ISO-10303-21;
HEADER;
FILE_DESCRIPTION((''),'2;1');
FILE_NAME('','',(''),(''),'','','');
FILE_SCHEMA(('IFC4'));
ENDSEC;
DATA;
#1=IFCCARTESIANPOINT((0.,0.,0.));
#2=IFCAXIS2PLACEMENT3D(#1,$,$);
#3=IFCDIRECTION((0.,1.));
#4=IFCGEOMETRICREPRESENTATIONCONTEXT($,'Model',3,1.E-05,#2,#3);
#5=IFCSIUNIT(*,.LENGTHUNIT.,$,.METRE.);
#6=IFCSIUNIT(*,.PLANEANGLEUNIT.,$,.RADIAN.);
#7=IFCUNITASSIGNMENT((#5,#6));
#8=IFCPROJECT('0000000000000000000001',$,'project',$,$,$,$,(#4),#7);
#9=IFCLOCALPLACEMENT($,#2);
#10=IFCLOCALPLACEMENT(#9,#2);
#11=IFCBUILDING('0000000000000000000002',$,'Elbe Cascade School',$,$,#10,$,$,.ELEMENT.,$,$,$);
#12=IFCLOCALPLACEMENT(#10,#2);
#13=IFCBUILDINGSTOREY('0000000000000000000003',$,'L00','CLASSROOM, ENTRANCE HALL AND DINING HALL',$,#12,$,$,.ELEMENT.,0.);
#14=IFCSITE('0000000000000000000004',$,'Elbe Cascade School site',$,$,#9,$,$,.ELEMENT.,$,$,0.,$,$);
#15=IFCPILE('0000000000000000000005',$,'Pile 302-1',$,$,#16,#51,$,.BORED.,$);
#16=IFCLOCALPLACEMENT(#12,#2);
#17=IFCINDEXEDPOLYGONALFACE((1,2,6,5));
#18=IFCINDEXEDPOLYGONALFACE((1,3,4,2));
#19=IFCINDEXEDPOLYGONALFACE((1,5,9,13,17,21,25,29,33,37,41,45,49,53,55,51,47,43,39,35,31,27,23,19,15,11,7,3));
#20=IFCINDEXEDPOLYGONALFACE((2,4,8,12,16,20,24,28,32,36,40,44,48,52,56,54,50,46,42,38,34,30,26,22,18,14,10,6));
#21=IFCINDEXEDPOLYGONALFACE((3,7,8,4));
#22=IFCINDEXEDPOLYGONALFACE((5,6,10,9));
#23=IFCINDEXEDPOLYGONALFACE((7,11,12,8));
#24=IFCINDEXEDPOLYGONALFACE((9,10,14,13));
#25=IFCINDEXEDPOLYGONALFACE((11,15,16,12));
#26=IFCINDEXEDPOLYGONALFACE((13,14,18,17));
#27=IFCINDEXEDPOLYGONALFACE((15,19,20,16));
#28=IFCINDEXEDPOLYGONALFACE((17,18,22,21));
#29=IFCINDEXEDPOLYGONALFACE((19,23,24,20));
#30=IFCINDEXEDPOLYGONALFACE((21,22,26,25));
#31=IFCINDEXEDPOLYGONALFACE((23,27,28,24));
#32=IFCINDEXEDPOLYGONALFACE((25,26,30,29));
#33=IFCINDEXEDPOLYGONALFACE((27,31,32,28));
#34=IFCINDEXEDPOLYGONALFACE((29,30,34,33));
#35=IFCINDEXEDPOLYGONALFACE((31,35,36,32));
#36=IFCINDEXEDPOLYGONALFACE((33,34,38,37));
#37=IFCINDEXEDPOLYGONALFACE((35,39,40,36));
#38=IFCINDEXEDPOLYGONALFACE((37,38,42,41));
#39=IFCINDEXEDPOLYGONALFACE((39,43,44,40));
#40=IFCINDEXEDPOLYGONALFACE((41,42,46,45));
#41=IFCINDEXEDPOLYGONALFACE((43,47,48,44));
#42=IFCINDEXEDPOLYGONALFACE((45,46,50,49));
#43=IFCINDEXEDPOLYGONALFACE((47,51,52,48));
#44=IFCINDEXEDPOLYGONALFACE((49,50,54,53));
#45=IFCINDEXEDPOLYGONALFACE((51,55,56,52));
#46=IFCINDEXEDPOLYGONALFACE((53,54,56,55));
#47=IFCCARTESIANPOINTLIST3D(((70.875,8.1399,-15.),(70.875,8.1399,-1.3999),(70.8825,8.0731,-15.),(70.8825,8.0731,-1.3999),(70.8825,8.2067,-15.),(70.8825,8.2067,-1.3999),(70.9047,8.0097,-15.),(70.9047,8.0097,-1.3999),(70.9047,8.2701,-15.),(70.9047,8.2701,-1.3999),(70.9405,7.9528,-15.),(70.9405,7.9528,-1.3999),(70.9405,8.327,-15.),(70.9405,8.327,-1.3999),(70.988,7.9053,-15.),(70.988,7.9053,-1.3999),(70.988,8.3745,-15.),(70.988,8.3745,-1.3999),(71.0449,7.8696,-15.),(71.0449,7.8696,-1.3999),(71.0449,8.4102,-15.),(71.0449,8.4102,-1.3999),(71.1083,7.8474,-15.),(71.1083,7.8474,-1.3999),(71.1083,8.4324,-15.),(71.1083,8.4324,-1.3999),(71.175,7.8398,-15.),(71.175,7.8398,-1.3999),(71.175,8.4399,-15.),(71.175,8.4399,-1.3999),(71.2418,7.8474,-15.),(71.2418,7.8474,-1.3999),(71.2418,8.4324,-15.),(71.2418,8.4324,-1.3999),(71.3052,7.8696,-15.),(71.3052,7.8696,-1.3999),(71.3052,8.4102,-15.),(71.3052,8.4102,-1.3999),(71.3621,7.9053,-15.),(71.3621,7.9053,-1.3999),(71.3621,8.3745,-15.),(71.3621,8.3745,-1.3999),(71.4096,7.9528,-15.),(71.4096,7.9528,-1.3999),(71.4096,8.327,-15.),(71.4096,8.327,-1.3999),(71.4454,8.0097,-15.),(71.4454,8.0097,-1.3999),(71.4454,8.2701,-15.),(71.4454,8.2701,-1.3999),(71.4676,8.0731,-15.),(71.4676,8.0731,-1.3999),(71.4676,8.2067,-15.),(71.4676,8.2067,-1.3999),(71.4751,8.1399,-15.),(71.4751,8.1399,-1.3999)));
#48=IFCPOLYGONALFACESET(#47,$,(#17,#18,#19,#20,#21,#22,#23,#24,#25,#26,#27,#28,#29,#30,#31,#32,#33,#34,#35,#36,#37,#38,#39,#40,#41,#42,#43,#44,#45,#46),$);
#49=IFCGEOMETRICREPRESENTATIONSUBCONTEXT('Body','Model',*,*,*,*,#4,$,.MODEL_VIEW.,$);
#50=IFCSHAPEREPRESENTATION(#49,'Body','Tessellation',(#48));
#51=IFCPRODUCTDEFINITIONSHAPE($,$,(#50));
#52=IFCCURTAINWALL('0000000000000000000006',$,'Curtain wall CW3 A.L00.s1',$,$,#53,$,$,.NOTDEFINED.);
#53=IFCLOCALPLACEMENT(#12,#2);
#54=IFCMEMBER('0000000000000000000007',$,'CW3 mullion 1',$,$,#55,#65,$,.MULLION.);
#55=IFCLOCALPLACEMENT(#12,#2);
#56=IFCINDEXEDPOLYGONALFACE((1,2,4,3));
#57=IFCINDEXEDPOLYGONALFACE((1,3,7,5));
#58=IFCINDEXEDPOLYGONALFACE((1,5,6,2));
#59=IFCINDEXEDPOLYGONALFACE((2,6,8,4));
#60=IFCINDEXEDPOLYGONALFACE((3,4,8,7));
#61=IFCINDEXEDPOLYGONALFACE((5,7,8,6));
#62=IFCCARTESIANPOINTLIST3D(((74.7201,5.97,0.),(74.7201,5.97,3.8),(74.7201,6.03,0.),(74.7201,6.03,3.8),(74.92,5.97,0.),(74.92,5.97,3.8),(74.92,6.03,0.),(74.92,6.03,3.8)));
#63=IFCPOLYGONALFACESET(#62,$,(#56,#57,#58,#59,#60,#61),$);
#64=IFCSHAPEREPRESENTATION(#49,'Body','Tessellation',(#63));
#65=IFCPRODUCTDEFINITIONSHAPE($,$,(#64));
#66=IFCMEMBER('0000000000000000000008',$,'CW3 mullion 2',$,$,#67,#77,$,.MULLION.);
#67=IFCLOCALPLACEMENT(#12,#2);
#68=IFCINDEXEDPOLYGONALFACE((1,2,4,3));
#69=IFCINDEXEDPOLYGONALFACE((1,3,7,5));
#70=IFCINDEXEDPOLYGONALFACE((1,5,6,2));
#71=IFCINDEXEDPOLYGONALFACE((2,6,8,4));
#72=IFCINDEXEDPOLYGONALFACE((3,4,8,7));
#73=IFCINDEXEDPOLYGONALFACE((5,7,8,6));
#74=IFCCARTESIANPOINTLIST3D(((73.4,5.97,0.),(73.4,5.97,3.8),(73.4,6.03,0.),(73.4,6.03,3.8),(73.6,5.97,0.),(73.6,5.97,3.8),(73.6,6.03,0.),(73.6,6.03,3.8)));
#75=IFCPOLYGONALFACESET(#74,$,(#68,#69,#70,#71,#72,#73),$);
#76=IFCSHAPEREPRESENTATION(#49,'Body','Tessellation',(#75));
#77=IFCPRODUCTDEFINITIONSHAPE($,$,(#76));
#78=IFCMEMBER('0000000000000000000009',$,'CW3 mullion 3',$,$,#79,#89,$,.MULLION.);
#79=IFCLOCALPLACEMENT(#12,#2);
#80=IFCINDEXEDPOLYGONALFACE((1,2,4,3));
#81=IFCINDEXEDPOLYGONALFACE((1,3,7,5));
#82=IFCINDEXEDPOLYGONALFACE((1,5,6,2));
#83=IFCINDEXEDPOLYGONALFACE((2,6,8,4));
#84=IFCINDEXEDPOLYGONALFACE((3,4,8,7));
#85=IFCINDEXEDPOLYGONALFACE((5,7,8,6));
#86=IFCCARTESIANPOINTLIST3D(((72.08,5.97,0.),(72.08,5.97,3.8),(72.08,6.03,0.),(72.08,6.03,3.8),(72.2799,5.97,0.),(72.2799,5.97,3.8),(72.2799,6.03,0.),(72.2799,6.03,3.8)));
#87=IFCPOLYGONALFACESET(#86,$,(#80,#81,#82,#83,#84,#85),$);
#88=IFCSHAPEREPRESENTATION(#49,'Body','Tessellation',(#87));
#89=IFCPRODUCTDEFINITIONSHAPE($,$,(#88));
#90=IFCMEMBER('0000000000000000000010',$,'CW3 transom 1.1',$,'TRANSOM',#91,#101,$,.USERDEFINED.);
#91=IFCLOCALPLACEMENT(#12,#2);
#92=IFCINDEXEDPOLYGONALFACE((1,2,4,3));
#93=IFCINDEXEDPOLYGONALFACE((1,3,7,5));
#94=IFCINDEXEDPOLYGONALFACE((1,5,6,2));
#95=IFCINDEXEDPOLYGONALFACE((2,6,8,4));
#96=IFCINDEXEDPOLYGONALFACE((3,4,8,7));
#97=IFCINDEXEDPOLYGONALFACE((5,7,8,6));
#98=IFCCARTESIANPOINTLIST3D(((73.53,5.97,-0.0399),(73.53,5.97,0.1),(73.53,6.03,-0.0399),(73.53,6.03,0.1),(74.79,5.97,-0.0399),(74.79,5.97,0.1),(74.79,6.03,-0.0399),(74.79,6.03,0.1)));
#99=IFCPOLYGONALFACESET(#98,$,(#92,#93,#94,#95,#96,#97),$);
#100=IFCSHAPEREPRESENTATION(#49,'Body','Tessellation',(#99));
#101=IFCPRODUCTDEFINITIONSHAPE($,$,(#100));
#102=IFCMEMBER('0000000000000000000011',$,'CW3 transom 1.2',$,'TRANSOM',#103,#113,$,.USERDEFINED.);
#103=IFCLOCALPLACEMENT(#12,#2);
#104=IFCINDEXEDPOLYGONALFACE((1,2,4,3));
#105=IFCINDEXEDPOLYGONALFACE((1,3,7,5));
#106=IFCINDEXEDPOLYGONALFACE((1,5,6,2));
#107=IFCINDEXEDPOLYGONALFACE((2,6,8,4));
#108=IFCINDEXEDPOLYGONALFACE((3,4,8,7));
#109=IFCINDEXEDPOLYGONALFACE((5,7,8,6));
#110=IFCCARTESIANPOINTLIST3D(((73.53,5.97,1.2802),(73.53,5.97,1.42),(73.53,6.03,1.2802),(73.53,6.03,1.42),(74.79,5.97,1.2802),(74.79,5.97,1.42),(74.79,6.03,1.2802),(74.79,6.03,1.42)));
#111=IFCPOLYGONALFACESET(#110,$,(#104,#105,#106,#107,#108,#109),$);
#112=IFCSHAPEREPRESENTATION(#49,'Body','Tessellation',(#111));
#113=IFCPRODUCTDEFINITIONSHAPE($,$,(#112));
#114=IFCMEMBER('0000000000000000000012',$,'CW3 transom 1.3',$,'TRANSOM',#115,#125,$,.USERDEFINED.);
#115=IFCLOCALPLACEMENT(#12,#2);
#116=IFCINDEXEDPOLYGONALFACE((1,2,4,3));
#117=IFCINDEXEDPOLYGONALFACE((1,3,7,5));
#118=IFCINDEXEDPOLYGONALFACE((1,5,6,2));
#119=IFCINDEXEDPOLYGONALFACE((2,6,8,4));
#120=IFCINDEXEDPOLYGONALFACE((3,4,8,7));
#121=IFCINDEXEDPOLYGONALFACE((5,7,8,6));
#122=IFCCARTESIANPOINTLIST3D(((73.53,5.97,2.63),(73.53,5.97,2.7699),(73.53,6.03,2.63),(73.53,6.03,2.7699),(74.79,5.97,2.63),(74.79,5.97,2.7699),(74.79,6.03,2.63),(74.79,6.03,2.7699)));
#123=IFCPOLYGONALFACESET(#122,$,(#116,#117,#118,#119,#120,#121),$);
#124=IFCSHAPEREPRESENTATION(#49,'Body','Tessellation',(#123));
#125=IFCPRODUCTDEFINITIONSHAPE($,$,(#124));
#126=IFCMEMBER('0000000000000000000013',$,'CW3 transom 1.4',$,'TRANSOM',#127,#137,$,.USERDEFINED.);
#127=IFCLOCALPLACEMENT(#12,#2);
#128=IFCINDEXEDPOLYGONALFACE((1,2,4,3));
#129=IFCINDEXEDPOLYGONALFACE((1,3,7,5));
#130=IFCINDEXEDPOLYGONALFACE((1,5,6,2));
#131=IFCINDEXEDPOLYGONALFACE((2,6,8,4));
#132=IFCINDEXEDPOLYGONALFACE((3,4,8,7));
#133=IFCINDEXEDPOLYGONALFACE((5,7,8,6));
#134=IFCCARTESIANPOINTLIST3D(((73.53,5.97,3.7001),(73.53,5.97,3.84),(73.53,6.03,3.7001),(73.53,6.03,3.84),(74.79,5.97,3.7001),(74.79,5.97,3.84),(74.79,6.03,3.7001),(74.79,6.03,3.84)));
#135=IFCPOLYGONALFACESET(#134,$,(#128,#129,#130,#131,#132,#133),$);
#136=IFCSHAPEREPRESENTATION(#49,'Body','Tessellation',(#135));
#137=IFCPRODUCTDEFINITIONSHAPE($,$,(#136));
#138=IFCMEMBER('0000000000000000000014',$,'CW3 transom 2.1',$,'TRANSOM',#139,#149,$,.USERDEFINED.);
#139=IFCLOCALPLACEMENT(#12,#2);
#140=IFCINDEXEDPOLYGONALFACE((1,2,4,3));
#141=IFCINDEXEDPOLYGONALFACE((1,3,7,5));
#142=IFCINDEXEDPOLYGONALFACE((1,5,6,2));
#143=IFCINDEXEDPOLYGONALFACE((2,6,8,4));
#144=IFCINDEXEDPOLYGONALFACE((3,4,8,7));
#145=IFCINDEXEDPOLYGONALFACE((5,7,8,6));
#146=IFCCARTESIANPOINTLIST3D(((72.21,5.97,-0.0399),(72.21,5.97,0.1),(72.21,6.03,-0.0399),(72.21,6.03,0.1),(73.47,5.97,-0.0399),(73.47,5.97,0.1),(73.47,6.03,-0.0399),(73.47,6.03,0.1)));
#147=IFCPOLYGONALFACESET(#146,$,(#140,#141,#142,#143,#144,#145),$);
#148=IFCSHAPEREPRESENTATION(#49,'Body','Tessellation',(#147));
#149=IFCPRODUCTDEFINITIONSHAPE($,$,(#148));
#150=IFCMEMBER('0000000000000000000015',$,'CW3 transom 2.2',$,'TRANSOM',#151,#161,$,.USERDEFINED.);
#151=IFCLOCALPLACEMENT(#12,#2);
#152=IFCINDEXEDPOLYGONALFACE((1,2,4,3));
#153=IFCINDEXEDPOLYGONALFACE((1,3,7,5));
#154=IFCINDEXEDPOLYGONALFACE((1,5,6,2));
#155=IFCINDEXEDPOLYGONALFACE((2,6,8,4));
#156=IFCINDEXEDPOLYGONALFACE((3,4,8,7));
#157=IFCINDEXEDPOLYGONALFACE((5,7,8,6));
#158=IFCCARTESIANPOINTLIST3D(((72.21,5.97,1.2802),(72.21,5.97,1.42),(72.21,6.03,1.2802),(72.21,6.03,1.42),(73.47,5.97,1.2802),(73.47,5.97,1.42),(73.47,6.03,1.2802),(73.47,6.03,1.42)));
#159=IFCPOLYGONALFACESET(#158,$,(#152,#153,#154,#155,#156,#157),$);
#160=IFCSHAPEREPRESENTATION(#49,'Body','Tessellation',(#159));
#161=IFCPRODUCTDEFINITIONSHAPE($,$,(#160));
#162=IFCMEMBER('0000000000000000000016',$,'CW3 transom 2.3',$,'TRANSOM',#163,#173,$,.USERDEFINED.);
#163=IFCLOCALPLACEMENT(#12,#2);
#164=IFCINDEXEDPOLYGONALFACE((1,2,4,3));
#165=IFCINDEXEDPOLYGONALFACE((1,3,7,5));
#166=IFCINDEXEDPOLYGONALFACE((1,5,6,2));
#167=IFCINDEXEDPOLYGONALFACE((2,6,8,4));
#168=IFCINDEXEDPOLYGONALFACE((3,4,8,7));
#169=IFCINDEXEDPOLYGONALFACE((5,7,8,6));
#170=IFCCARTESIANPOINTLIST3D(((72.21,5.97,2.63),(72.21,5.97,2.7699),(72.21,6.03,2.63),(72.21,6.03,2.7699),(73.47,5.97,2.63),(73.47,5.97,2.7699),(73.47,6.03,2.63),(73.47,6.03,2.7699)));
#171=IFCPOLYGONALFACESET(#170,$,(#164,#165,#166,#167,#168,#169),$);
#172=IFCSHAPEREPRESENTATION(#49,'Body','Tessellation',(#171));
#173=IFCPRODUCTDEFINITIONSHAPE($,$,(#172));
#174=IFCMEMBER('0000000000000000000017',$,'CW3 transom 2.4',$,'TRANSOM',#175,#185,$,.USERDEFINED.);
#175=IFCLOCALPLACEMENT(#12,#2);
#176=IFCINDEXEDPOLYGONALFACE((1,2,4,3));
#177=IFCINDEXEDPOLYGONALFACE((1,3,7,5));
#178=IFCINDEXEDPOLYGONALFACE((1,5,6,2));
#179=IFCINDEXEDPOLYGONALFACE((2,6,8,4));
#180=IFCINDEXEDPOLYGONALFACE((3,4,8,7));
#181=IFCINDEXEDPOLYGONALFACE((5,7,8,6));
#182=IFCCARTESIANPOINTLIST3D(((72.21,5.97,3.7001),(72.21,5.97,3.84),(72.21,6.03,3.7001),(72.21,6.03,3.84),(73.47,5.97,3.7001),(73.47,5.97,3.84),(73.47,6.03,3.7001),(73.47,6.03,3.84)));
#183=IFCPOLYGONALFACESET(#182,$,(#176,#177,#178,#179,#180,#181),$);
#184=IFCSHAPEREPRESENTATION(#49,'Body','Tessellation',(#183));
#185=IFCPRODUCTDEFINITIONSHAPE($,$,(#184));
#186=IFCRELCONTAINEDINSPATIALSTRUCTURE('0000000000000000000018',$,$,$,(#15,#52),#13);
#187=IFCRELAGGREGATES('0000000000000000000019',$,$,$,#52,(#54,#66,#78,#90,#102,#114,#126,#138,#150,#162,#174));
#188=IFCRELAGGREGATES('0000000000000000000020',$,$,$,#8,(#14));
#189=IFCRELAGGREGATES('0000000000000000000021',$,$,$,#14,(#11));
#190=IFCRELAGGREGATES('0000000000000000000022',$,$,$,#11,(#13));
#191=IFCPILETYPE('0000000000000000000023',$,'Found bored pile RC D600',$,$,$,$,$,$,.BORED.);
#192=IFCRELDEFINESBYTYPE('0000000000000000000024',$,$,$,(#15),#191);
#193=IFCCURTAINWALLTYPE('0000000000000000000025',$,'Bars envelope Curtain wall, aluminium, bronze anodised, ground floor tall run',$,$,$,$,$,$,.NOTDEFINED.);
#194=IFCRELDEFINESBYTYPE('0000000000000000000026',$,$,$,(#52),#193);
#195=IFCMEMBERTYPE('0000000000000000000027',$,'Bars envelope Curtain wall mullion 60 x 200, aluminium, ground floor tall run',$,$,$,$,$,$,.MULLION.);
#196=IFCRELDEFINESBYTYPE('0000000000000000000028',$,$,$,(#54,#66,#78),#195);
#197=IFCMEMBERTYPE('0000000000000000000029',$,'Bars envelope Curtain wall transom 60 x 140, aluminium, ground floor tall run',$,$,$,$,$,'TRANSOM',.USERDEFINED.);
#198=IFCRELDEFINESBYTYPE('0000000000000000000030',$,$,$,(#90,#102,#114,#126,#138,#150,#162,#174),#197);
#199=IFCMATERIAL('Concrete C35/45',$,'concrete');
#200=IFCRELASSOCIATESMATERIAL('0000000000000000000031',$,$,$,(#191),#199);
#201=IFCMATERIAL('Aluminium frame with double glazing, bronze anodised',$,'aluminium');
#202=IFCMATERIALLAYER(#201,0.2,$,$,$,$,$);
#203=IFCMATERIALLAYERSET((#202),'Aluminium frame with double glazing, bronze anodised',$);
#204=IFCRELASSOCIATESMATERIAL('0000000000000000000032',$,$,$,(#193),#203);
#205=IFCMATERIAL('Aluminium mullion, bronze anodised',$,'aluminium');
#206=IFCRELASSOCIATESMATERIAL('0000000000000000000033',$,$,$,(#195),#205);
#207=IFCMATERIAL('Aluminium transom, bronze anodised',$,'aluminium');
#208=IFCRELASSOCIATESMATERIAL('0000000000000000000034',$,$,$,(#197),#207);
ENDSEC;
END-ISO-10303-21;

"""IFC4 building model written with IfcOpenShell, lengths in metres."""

from ifc_helpers import new_model, si_unit, direction, frame, origin, origin_2d, place, context, subcontext, project, spatial, rectangle, circle, extrude, material, layer, layer_set, material_profile, profile_set, type_object, element, aggregate, save


model = new_model("IFC4")

# Units and contexts
model_context = context("Model", 3, precision=1e-05, world=origin(), true_north=direction((0.0, 1.0)))
body_context = subcontext(model_context, "Body", "Model", "MODEL_VIEW")
ifc_project = project(units=[si_unit("LENGTHUNIT", "METRE"), si_unit("PLANEANGLEUNIT", "RADIAN")], contexts=[model_context])

# Site, building, storey
site_placement = place(None, origin())
site = spatial("IfcSite", under=ifc_project, at=site_placement, Name="Elbe Cascade School site", CompositionType="ELEMENT", RefElevation=0.0)
building_placement = place(site_placement, origin())
building = spatial("IfcBuilding", under=site, at=building_placement, Name="Elbe Cascade School", CompositionType="ELEMENT")
storey_placement = place(building_placement, origin())
storey = spatial("IfcBuildingStorey", under=building, at=storey_placement, Name="L00", Description="CLASSROOM, ENTRANCE HALL AND DINING HALL", CompositionType="ELEMENT", Elevation=0.0)

# Pile
ifc_material_1 = material(Name="Concrete C35/45", Category="concrete")
ifc_material_profile_1 = material_profile(ifc_material_1, circle(Radius=0.3, at=origin_2d()), Name="RC D600")
ifc_profile_set_1 = profile_set([ifc_material_profile_1], Name="Concrete C35/45")
pile_type = type_object("IfcPileType", Name="Found bored pile RC D600", PredefinedType="BORED", material=ifc_profile_set_1)
pile_placement = place(storey_placement, frame((71.175, 8.1399, -1.3999), z_axis=(0.0, 0.0, -1.0), x_axis=(1.0, 0.0, 0.0)))
element("IfcPile", 1, at=pile_placement, inside=storey, type_object=pile_type, Name="Pile 302-1", PredefinedType="BORED", context=body_context, shape_type="SweptSolid", body=[
    extrude(circle(Radius=0.3, at=origin_2d()), origin(), (0.0, 0.0, 1.0), 13.6001),
])

# Curtain wall, members
ifc_material_2 = material(Name="Aluminium frame with double glazing, bronze anodised", Category="aluminium")
ifc_layer_1 = layer(ifc_material_2, 0.2)
ifc_layer_set_1 = layer_set([ifc_layer_1], Name="Aluminium frame with double glazing, bronze anodised")
curtain_wall_type = type_object("IfcCurtainWallType", Name="Bars envelope Curtain wall, aluminium, bronze anodised, ground floor tall run", PredefinedType="NOTDEFINED", material=ifc_layer_set_1)
curtain_wall_1_placement = place(storey_placement, origin())
curtain_wall_1 = element("IfcCurtainWall", 2, at=curtain_wall_1_placement, inside=storey, type_object=curtain_wall_type, Name="Curtain wall CW3 A.L00.s1", PredefinedType="NOTDEFINED")
ifc_material_3 = material(Name="Aluminium mullion, bronze anodised", Category="aluminium")
ifc_material_profile_2 = material_profile(ifc_material_3, rectangle(XDim=0.0601, YDim=0.2, at=origin_2d()), Name="Bars envelope Curtain wall mullion 60 x 200, aluminium, ground floor tall run")
ifc_profile_set_2 = profile_set([ifc_material_profile_2], Name="Aluminium mullion, bronze anodised")
member_type_1 = type_object("IfcMemberType", Name="Bars envelope Curtain wall mullion 60 x 200, aluminium, ground floor tall run", PredefinedType="MULLION", material=ifc_profile_set_2)
member_1_placement = place(storey_placement, frame((74.8201, 6.0, 0.0), z_axis=(0.0, 0.0, 1.0), x_axis=(0.0, -1.0, 0.0)))
member_1 = element("IfcMember", 3, at=member_1_placement, type_object=member_type_1, Name="CW3 mullion 1", PredefinedType="MULLION", context=body_context, shape_type="SweptSolid", body=[
    extrude(rectangle(XDim=0.0601, YDim=0.2, at=origin_2d()), origin(), (0.0, 0.0, 1.0), 3.8),
])
member_2_placement = place(storey_placement, frame((73.5, 6.0, 0.0), z_axis=(0.0, 0.0, 1.0), x_axis=(0.0, -1.0, 0.0)))
member_2 = element("IfcMember", 4, at=member_2_placement, type_object=member_type_1, Name="CW3 mullion 2", PredefinedType="MULLION", context=body_context, shape_type="SweptSolid", body=[
    extrude(rectangle(XDim=0.0601, YDim=0.2, at=origin_2d()), origin(), (0.0, 0.0, 1.0), 3.8),
])
member_3_placement = place(storey_placement, frame((72.1799, 6.0, 0.0), z_axis=(0.0, 0.0, 1.0), x_axis=(0.0, -1.0, 0.0)))
member_3 = element("IfcMember", 5, at=member_3_placement, type_object=member_type_1, Name="CW3 mullion 3", PredefinedType="MULLION", context=body_context, shape_type="SweptSolid", body=[
    extrude(rectangle(XDim=0.0601, YDim=0.2, at=origin_2d()), origin(), (0.0, 0.0, 1.0), 3.8),
])
ifc_material_4 = material(Name="Aluminium transom, bronze anodised", Category="aluminium")
ifc_material_profile_3 = material_profile(ifc_material_4, rectangle(XDim=0.0601, YDim=0.1399, at=origin_2d()), Name="Bars envelope Curtain wall transom 60 x 140, aluminium, ground floor tall run")
ifc_profile_set_3 = profile_set([ifc_material_profile_3], Name="Aluminium transom, bronze anodised")
member_type_2 = type_object("IfcMemberType", Name="Bars envelope Curtain wall transom 60 x 140, aluminium, ground floor tall run", ElementType="TRANSOM", PredefinedType="USERDEFINED", material=ifc_profile_set_3)
member_4_placement = place(storey_placement, frame((74.79, 6.0, 0.03), z_axis=(-1.0, 0.0, 0.0), x_axis=(0.0, -1.0, 0.0)))
member_4 = element("IfcMember", 6, at=member_4_placement, type_object=member_type_2, Name="CW3 transom 1.1", ObjectType="TRANSOM", PredefinedType="USERDEFINED", context=body_context, shape_type="SweptSolid", body=[
    extrude(rectangle(XDim=0.0601, YDim=0.1399, at=origin_2d()), origin(), (0.0, 0.0, 1.0), 1.26),
])
member_5_placement = place(storey_placement, frame((74.79, 6.0, 1.3501), z_axis=(-1.0, 0.0, 0.0), x_axis=(0.0, -1.0, 0.0)))
member_5 = element("IfcMember", 7, at=member_5_placement, type_object=member_type_2, Name="CW3 transom 1.2", ObjectType="TRANSOM", PredefinedType="USERDEFINED", context=body_context, shape_type="SweptSolid", body=[
    extrude(rectangle(XDim=0.0601, YDim=0.1399, at=origin_2d()), origin(), (0.0, 0.0, 1.0), 1.26),
])
member_6_placement = place(storey_placement, frame((74.79, 6.0, 2.7), z_axis=(-1.0, 0.0, 0.0), x_axis=(0.0, -1.0, 0.0)))
member_6 = element("IfcMember", 8, at=member_6_placement, type_object=member_type_2, Name="CW3 transom 1.3", ObjectType="TRANSOM", PredefinedType="USERDEFINED", context=body_context, shape_type="SweptSolid", body=[
    extrude(rectangle(XDim=0.0601, YDim=0.1399, at=origin_2d()), origin(), (0.0, 0.0, 1.0), 1.26),
])
member_7_placement = place(storey_placement, frame((74.79, 6.0, 3.77), z_axis=(-1.0, 0.0, 0.0), x_axis=(0.0, -1.0, 0.0)))
member_7 = element("IfcMember", 9, at=member_7_placement, type_object=member_type_2, Name="CW3 transom 1.4", ObjectType="TRANSOM", PredefinedType="USERDEFINED", context=body_context, shape_type="SweptSolid", body=[
    extrude(rectangle(XDim=0.0601, YDim=0.1399, at=origin_2d()), origin(), (0.0, 0.0, 1.0), 1.26),
])
member_8_placement = place(storey_placement, frame((73.47, 6.0, 0.03), z_axis=(-1.0, 0.0, 0.0), x_axis=(0.0, -1.0, 0.0)))
member_8 = element("IfcMember", 10, at=member_8_placement, type_object=member_type_2, Name="CW3 transom 2.1", ObjectType="TRANSOM", PredefinedType="USERDEFINED", context=body_context, shape_type="SweptSolid", body=[
    extrude(rectangle(XDim=0.0601, YDim=0.1399, at=origin_2d()), origin(), (0.0, 0.0, 1.0), 1.26),
])
member_9_placement = place(storey_placement, frame((73.47, 6.0, 1.3501), z_axis=(-1.0, 0.0, 0.0), x_axis=(0.0, -1.0, 0.0)))
member_9 = element("IfcMember", 11, at=member_9_placement, type_object=member_type_2, Name="CW3 transom 2.2", ObjectType="TRANSOM", PredefinedType="USERDEFINED", context=body_context, shape_type="SweptSolid", body=[
    extrude(rectangle(XDim=0.0601, YDim=0.1399, at=origin_2d()), origin(), (0.0, 0.0, 1.0), 1.26),
])
member_10_placement = place(storey_placement, frame((73.47, 6.0, 2.7), z_axis=(-1.0, 0.0, 0.0), x_axis=(0.0, -1.0, 0.0)))
member_10 = element("IfcMember", 12, at=member_10_placement, type_object=member_type_2, Name="CW3 transom 2.3", ObjectType="TRANSOM", PredefinedType="USERDEFINED", context=body_context, shape_type="SweptSolid", body=[
    extrude(rectangle(XDim=0.0601, YDim=0.1399, at=origin_2d()), origin(), (0.0, 0.0, 1.0), 1.26),
])
member_11_placement = place(storey_placement, frame((73.47, 6.0, 3.77), z_axis=(-1.0, 0.0, 0.0), x_axis=(0.0, -1.0, 0.0)))
member_11 = element("IfcMember", 13, at=member_11_placement, type_object=member_type_2, Name="CW3 transom 2.4", ObjectType="TRANSOM", PredefinedType="USERDEFINED", context=body_context, shape_type="SweptSolid", body=[
    extrude(rectangle(XDim=0.0601, YDim=0.1399, at=origin_2d()), origin(), (0.0, 0.0, 1.0), 1.26),
])

aggregate(curtain_wall_1, [member_1, member_2, member_3, member_4, member_5, member_6, member_7, member_8, member_9, member_10, member_11])

save(model, "model.ifc")
